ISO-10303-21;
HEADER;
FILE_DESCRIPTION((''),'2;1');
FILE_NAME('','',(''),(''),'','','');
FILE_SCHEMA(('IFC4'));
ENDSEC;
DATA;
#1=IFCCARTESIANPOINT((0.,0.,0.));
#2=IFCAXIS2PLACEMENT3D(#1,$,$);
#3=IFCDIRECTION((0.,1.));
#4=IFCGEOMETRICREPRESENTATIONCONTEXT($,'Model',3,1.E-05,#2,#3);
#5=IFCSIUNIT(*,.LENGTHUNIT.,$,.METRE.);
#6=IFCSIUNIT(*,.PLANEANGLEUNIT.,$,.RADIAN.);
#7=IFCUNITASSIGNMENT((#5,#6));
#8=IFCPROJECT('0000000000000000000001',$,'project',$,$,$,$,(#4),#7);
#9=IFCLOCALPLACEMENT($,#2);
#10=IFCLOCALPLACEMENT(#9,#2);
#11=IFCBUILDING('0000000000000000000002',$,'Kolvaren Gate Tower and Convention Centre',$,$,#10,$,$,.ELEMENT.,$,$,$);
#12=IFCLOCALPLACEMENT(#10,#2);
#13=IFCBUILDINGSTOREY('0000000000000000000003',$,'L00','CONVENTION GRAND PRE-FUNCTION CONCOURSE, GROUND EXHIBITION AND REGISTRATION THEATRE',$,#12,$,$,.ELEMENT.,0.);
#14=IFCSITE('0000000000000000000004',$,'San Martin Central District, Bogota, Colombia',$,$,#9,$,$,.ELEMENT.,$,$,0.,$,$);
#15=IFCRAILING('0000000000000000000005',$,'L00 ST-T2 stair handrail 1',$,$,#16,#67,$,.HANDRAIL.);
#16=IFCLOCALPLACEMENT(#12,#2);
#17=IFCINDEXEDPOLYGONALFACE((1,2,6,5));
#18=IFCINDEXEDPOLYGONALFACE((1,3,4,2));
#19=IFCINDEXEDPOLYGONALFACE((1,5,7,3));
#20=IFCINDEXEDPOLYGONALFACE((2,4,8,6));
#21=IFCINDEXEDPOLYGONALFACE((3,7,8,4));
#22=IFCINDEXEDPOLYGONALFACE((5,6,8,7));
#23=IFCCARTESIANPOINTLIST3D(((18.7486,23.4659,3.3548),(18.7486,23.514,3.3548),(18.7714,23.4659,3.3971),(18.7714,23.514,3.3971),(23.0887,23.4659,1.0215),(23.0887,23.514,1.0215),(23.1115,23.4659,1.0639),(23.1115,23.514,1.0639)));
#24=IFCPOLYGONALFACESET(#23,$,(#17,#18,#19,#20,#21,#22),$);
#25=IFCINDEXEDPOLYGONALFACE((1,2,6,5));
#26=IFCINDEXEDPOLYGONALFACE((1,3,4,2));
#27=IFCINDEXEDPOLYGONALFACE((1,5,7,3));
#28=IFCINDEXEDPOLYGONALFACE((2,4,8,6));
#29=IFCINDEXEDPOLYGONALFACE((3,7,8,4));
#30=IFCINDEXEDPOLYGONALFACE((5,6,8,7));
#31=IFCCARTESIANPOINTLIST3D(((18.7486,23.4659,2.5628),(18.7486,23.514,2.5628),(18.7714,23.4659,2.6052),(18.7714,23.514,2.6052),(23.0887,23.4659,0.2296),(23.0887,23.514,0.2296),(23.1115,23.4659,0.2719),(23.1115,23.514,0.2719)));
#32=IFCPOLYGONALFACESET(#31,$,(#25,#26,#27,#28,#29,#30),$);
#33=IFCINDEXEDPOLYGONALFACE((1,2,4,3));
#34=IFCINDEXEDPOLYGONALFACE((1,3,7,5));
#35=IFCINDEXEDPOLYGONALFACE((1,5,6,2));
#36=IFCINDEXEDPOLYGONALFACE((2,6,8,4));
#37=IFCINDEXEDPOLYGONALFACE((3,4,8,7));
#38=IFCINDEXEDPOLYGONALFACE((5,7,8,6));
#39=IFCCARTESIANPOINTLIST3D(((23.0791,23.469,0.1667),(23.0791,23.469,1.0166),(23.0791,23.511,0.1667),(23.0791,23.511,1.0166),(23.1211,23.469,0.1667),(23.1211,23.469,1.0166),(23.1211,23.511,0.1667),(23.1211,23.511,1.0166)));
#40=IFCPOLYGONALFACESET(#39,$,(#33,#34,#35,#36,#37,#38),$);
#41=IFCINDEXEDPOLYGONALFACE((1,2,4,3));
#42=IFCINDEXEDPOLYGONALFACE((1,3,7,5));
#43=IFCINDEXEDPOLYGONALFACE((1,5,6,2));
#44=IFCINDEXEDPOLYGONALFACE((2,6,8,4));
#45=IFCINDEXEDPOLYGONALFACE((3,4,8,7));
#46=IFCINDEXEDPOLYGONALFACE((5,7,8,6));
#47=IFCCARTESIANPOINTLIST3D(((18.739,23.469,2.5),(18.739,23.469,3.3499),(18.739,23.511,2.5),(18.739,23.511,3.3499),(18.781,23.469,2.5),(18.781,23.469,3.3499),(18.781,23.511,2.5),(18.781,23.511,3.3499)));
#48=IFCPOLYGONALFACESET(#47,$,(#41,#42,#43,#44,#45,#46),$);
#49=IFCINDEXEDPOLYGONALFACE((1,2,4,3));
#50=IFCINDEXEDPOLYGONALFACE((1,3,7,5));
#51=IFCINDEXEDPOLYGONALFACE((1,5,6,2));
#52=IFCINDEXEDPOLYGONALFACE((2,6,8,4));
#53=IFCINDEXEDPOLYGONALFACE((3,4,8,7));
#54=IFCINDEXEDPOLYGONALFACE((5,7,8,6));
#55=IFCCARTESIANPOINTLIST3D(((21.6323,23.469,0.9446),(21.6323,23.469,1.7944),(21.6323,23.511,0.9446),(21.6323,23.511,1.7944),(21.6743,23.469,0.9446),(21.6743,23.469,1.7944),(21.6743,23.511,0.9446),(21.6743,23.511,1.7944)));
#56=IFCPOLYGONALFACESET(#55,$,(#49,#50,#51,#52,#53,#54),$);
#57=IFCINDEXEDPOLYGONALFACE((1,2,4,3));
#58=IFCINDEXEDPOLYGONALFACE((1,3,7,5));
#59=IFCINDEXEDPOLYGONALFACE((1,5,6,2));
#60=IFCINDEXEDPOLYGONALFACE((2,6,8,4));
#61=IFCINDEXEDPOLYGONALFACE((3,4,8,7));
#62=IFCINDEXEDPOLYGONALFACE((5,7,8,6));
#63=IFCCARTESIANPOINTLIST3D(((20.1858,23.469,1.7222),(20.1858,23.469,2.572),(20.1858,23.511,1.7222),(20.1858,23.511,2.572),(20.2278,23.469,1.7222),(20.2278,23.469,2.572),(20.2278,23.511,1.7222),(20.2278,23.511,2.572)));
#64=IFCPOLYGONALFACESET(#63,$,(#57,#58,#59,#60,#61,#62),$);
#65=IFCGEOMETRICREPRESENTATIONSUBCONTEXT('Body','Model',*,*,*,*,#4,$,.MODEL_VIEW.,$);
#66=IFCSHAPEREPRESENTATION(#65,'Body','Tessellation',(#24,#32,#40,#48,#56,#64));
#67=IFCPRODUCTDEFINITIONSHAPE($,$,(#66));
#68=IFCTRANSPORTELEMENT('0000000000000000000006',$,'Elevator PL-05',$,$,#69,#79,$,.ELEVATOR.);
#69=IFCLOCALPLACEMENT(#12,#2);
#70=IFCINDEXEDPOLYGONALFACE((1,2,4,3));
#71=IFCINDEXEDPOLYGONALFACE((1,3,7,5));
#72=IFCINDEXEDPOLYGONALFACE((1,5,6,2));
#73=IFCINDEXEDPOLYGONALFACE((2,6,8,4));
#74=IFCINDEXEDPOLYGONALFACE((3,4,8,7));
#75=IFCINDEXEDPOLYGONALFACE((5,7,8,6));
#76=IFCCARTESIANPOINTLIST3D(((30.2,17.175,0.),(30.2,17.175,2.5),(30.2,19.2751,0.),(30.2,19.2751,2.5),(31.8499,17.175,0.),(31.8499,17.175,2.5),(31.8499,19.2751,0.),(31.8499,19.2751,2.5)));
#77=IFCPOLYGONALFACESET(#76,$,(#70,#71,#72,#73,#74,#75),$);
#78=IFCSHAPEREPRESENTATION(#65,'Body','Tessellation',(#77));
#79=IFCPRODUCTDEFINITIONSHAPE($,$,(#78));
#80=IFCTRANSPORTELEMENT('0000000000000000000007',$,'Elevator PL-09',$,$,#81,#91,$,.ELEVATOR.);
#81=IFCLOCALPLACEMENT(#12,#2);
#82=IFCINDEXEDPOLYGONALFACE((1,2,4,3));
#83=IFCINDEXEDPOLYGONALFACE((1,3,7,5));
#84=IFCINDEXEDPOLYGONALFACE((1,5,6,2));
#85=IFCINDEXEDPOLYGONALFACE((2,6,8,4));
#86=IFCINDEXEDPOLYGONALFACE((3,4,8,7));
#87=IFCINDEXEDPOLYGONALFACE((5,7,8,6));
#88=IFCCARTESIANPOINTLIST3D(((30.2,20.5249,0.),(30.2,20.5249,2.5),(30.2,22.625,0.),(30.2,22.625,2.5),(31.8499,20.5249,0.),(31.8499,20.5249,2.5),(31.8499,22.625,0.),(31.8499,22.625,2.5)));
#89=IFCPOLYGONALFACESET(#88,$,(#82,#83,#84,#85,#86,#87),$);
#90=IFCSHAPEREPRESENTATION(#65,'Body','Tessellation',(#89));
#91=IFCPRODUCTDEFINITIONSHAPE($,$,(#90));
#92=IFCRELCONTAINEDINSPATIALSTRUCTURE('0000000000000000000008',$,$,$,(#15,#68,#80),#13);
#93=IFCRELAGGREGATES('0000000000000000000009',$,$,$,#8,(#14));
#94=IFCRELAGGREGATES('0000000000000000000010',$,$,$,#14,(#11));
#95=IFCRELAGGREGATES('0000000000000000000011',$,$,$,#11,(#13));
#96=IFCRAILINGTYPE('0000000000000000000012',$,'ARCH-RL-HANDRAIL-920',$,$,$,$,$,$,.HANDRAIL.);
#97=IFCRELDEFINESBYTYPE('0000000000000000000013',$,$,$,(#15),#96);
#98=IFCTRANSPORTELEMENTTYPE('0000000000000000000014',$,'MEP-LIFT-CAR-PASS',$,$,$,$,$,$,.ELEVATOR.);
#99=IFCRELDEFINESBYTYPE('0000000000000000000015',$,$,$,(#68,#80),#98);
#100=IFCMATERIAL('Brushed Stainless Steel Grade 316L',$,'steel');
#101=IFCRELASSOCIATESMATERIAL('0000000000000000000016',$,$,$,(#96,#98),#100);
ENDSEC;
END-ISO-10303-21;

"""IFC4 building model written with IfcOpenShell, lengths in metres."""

from ifc_helpers import new_model, si_unit, direction, frame, origin, origin_2d, place, context, subcontext, project, spatial, rectangle, extrude, material, type_object, element, save


model = new_model("IFC4")

# Units and contexts
model_context = context("Model", 3, precision=1e-05, world=origin(), true_north=direction((0.0, 1.0)))
body_context = subcontext(model_context, "Body", "Model", "MODEL_VIEW")
ifc_project = project(units=[si_unit("LENGTHUNIT", "METRE"), si_unit("PLANEANGLEUNIT", "RADIAN")], contexts=[model_context])

# Site, building, storey
site_placement = place(None, origin())
site = spatial("IfcSite", under=ifc_project, at=site_placement, Name="San Martin Central District, Bogota, Colombia", CompositionType="ELEMENT", RefElevation=0.0)
building_placement = place(site_placement, origin())
building = spatial("IfcBuilding", under=site, at=building_placement, Name="Kolvaren Gate Tower and Convention Centre", CompositionType="ELEMENT")
storey_placement = place(building_placement, origin())
storey = spatial("IfcBuildingStorey", under=building, at=storey_placement, Name="L00", Description="CONVENTION GRAND PRE-FUNCTION CONCOURSE, GROUND EXHIBITION AND REGISTRATION THEATRE", CompositionType="ELEMENT", Elevation=0.0)

# Shared definitions
ifc_material_1 = material(Name="Brushed Stainless Steel Grade 316L", Category="steel")

# Railing
railing_type_1 = type_object("IfcRailingType", Name="ARCH-RL-HANDRAIL-920", PredefinedType="HANDRAIL", material=ifc_material_1)
railing_1_placement = place(storey_placement, frame((23.1001, 23.49, 0.1667)))
element("IfcRailing", 1, at=railing_1_placement, inside=storey, type_object=railing_type_1, Name="L00 ST-T2 stair handrail 1", PredefinedType="HANDRAIL", context=body_context, shape_type="SweptSolid", body=[
    extrude(rectangle(XDim=0.0481, YDim=0.0481, at=origin_2d()), frame((0.0, 0.0, 0.876), z_axis=(-0.880786, 0.0, 0.473515), x_axis=(0.0, -1.0, 0.0)), (0.0, 0.0, 1.0), 4.9275),
    extrude(rectangle(XDim=0.0481, YDim=0.0481, at=origin_2d()), frame((0.0, 0.0, 0.084), z_axis=(-0.880786, 0.0, 0.473515), x_axis=(0.0, -1.0, 0.0)), (0.0, 0.0, 1.0), 4.9275),
    extrude(rectangle(XDim=0.042, YDim=0.042, at=origin_2d()), origin(), (0.0, 0.0, 1.0), 0.8499),
    extrude(rectangle(XDim=0.042, YDim=0.042, at=origin_2d()), frame((-4.3401, 0.0, 2.3333)), (0.0, 0.0, 1.0), 0.8499),
    extrude(rectangle(XDim=0.042, YDim=0.042, at=origin_2d()), frame((-1.4468, 0.0, 0.7778)), (0.0, 0.0, 1.0), 0.8499),
    extrude(rectangle(XDim=0.042, YDim=0.042, at=origin_2d()), frame((-2.8933, 0.0, 1.5554)), (0.0, 0.0, 1.0), 0.8499),
])

# Transport elements
transport_element_type = type_object("IfcTransportElementType", Name="MEP-LIFT-CAR-PASS", PredefinedType="ELEVATOR", material=ifc_material_1)
for number, where, z_axis, x_axis, name in (
    (2, (31.0249, 18.2251, 0.0), (0.0, 0.0, 1.0), (1.0, 0.0, 0.0), "Elevator PL-05"),
    (3, (31.0249, 21.575, 0.0), (0.0, 0.0, 1.0), (1.0, 0.0, 0.0), "Elevator PL-09"),
):
    element("IfcTransportElement", number, at=place(storey_placement, frame(where, z_axis=z_axis, x_axis=x_axis)), inside=storey, type_object=transport_element_type, Name=name, PredefinedType="ELEVATOR", context=body_context, shape_type="SweptSolid", body=[
        extrude(rectangle(XDim=1.6499, YDim=2.1001, at=origin_2d()), origin(), (0.0, 0.0, 1.0), 2.5),
    ])

save(model, "model.ifc")
